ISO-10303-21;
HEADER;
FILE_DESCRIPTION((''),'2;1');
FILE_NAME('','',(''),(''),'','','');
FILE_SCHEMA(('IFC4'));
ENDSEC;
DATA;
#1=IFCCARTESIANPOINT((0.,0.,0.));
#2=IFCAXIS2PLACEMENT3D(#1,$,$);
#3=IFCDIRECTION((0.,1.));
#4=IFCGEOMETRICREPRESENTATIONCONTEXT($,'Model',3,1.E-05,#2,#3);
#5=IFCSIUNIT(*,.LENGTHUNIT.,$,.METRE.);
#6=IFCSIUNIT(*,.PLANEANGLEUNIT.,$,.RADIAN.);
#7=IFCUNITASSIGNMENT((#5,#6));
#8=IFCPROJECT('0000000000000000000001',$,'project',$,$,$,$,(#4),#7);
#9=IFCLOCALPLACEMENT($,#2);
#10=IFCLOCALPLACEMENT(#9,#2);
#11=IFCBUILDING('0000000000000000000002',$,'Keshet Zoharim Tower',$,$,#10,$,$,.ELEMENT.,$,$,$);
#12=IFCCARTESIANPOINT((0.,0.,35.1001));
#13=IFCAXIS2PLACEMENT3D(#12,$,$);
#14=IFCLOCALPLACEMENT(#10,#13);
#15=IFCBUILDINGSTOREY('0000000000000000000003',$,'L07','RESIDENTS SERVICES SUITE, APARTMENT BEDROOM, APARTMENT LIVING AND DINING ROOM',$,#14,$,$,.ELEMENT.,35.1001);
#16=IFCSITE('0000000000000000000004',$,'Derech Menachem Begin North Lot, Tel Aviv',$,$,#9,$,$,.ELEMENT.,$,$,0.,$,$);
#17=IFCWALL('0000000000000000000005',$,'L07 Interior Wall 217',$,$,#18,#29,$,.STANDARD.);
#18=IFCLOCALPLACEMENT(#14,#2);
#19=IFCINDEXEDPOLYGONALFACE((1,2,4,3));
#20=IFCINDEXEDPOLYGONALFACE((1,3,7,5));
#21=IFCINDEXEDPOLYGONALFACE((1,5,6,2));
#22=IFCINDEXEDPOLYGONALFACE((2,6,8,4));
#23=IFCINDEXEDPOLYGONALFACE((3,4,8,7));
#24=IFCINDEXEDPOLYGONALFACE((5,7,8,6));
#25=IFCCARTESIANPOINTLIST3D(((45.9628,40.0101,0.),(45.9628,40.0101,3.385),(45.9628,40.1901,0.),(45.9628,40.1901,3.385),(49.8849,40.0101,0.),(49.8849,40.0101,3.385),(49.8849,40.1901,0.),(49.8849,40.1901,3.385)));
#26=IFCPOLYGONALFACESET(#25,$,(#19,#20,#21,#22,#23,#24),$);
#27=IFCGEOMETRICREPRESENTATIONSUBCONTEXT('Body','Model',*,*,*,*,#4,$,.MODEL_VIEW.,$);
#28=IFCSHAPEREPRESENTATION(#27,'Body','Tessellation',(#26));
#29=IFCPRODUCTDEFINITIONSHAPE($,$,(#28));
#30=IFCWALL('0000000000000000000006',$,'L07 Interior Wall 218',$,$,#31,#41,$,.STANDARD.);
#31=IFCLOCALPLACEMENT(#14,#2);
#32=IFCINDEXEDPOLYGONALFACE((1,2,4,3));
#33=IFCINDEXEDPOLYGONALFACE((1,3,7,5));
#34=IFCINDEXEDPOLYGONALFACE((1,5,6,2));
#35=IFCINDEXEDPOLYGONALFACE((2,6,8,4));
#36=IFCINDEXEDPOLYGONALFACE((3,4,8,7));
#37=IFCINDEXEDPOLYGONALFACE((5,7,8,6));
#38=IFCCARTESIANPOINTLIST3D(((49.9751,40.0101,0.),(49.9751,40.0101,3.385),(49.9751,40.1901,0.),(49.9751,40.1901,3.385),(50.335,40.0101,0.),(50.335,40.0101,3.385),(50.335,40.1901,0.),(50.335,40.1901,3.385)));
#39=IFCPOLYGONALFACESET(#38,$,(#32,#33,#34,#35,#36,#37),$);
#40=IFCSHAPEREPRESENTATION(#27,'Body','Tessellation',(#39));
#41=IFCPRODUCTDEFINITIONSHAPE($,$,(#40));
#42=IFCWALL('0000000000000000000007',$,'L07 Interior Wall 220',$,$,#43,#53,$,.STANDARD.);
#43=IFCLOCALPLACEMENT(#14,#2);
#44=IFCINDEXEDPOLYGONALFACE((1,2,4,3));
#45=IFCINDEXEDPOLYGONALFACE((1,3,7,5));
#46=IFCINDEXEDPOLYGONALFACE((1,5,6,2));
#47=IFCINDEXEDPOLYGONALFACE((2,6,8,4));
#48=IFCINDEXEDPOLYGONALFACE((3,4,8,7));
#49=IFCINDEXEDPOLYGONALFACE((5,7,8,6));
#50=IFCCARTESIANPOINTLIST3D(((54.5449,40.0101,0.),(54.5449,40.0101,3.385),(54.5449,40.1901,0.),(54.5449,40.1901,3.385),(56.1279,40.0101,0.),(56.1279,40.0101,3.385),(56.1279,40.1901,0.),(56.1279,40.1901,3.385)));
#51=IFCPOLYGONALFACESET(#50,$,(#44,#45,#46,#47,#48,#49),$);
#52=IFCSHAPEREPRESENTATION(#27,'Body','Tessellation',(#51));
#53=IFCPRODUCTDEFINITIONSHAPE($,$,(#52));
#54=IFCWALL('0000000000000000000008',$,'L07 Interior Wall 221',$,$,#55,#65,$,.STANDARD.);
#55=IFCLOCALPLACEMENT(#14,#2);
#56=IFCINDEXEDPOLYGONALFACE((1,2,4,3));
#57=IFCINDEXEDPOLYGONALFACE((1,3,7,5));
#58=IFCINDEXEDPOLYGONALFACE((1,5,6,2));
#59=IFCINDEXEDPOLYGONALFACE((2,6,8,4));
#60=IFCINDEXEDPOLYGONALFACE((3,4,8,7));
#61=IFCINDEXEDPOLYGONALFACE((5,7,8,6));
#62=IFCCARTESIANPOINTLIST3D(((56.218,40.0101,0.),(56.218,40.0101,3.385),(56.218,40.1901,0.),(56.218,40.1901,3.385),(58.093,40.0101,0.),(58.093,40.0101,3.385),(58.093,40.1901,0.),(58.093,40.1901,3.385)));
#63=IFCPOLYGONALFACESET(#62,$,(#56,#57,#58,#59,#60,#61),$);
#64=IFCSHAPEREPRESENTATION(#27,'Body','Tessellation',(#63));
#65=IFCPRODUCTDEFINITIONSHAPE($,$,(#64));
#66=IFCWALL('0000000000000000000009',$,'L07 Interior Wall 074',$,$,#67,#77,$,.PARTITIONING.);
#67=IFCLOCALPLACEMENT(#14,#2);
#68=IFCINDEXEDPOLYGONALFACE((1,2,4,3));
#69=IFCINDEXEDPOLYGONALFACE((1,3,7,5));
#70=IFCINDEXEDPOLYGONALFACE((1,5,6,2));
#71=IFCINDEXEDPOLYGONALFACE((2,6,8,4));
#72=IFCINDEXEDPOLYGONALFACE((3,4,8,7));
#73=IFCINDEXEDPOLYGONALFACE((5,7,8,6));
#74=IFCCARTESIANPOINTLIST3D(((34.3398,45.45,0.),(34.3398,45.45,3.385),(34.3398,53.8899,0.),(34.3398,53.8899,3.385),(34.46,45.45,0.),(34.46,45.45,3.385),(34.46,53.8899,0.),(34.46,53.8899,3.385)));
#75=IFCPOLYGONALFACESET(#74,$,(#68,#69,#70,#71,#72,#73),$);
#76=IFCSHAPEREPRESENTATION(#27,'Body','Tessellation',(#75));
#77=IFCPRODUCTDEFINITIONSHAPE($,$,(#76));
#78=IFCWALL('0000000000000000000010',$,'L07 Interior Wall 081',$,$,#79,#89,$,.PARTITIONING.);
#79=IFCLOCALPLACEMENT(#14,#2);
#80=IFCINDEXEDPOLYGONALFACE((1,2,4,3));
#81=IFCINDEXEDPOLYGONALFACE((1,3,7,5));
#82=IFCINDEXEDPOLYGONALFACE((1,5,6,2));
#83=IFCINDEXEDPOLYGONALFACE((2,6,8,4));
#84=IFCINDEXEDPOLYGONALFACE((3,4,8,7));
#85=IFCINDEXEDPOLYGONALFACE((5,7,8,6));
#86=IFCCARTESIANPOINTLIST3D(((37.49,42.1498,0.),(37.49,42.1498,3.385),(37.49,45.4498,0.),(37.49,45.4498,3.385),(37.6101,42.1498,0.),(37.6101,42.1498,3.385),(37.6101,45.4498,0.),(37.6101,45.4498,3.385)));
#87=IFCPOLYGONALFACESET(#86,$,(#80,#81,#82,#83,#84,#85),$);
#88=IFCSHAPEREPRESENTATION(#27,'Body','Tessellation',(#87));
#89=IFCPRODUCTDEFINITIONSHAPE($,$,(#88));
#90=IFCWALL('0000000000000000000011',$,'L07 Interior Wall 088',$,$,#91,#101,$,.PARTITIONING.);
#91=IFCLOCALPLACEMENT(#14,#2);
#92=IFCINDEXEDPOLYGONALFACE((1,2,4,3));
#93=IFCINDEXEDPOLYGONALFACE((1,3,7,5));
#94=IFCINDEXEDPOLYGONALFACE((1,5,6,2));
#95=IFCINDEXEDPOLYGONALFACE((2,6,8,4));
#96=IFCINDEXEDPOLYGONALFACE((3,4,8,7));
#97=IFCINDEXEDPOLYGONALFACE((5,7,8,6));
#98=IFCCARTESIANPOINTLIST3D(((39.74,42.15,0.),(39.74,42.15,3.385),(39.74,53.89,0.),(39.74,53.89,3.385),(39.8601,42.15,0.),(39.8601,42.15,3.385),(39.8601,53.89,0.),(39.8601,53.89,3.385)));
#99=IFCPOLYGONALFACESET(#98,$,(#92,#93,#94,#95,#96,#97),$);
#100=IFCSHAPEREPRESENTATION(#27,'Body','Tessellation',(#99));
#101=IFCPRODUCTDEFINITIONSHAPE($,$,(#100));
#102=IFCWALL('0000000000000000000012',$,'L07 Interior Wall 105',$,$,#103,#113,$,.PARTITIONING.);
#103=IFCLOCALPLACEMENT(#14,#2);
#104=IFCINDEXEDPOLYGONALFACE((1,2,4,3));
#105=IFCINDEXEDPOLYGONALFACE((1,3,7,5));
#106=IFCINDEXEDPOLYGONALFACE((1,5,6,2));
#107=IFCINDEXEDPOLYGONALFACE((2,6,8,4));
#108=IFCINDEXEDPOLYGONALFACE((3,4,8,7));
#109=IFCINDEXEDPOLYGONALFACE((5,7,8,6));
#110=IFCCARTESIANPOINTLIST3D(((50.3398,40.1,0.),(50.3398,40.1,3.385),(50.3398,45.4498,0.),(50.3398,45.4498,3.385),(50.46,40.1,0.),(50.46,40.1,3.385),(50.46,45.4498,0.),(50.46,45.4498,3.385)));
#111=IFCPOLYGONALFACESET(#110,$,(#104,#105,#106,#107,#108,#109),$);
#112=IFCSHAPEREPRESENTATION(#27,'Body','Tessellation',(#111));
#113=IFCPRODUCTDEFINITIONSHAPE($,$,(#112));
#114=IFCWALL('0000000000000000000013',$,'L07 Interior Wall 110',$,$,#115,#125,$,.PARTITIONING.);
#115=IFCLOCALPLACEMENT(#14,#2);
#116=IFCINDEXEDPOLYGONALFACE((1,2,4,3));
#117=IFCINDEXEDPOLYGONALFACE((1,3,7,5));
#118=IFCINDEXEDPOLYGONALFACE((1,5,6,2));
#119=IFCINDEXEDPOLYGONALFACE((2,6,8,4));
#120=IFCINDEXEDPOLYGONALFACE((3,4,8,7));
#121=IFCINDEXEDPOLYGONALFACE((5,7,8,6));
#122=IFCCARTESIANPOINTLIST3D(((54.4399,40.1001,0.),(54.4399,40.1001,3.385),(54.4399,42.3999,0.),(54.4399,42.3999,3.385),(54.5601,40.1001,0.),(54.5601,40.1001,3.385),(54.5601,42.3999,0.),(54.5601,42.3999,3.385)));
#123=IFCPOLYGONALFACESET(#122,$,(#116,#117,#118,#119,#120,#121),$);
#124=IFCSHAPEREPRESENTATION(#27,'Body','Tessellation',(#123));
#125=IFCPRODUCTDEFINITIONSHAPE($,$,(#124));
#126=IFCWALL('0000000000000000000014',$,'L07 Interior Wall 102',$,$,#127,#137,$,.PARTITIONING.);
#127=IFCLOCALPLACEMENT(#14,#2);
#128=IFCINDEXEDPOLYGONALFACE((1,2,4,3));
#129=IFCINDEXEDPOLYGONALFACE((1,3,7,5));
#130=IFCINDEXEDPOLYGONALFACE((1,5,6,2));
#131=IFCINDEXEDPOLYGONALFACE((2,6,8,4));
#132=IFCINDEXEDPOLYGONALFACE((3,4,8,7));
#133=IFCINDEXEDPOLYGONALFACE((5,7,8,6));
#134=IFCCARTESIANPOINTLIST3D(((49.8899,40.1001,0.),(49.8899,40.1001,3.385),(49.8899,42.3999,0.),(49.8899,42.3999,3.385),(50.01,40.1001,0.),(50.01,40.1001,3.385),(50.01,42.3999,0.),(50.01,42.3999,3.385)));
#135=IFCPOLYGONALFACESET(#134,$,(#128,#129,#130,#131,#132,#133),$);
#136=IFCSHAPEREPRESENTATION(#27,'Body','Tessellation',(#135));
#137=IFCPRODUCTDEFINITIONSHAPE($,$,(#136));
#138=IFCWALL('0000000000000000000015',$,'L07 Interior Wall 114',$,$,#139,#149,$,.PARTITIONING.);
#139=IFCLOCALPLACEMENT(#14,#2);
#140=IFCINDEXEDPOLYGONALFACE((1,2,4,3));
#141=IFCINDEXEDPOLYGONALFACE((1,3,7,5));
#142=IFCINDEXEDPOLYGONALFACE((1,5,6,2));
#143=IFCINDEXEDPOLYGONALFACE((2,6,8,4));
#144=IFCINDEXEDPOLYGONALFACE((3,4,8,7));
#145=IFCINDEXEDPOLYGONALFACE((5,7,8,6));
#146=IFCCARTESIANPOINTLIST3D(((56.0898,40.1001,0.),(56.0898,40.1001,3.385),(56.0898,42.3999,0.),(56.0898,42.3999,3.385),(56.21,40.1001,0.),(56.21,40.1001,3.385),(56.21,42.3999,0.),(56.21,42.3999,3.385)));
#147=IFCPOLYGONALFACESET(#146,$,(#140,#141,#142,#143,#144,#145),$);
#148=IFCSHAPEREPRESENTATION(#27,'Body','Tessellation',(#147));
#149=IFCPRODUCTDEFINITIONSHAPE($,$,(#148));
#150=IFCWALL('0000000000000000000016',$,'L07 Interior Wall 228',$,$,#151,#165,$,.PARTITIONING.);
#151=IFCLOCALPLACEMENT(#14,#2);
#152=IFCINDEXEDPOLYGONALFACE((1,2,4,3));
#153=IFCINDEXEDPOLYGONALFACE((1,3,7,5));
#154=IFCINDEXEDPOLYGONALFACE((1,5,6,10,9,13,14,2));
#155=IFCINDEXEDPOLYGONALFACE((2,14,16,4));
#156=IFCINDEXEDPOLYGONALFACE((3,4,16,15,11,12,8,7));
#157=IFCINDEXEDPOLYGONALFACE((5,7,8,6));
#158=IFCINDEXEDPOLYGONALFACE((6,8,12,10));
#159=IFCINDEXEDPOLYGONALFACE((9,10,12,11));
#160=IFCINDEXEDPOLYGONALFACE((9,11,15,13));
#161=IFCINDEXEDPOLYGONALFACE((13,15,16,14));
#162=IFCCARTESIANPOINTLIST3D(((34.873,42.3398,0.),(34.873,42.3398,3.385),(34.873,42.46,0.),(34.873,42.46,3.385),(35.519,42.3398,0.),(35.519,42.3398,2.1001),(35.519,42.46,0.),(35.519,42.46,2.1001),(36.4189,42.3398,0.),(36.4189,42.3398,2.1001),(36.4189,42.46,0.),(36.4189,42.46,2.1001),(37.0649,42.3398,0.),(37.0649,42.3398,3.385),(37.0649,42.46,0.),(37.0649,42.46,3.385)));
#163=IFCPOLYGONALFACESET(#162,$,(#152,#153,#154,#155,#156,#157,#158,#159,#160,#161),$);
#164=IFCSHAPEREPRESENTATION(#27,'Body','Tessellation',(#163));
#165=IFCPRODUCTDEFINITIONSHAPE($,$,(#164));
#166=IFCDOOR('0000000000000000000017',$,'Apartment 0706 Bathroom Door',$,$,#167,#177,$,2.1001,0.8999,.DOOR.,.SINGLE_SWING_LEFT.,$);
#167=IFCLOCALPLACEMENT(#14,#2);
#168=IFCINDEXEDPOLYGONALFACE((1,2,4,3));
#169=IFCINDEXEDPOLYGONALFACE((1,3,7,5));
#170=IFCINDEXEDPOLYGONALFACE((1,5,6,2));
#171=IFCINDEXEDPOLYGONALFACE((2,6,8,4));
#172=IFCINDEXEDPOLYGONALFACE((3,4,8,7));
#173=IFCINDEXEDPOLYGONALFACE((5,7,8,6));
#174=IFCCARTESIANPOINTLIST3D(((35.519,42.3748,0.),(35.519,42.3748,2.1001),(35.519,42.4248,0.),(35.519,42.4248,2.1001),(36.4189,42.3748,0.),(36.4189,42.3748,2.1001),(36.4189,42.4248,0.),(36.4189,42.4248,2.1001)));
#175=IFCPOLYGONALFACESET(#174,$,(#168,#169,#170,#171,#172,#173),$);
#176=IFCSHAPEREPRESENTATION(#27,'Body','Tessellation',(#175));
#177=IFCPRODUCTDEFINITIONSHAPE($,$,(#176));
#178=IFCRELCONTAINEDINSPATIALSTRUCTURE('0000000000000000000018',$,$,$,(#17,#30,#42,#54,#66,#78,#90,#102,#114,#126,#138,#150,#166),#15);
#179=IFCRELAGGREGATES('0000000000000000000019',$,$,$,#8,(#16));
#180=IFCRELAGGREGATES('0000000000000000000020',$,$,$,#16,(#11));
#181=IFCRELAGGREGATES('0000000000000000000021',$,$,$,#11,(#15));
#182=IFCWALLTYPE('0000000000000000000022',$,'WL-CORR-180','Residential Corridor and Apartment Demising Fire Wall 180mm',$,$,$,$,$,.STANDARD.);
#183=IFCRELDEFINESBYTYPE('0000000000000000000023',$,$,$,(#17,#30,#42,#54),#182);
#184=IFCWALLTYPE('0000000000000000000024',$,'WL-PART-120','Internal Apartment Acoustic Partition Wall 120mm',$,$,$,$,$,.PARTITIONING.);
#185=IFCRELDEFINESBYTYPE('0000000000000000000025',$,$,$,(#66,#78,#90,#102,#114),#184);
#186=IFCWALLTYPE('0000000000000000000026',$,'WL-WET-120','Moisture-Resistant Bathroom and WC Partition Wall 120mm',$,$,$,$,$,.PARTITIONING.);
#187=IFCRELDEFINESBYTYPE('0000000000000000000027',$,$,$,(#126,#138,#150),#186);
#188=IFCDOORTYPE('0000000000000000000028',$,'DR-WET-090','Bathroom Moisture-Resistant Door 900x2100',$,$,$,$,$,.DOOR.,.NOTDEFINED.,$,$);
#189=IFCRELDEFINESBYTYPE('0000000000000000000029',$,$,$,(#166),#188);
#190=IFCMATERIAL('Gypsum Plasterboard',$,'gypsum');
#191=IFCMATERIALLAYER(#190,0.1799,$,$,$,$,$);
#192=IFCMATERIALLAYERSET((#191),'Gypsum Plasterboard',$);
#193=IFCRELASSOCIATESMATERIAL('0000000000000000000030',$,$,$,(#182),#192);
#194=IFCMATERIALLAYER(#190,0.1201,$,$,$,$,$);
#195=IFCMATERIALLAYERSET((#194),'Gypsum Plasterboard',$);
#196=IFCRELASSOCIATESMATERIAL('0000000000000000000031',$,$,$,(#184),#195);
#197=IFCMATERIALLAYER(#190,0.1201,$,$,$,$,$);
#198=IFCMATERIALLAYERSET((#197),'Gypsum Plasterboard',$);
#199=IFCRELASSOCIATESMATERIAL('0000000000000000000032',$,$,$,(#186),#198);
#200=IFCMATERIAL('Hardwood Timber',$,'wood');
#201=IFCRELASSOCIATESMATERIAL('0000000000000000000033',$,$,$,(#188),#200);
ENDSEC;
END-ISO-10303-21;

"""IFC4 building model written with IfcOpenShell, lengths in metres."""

from ifc_helpers import new_model, si_unit, direction, frame, frame_2d, origin, place, context, subcontext, project, spatial, rectangle, extrude, material, layer, layer_set, type_object, element, fill, save


model = new_model("IFC4")

# Units and contexts
model_context = context("Model", 3, precision=1e-05, world=origin(), true_north=direction((0.0, 1.0)))
body_context = subcontext(model_context, "Body", "Model", "MODEL_VIEW")
ifc_project = project(units=[si_unit("LENGTHUNIT", "METRE"), si_unit("PLANEANGLEUNIT", "RADIAN")], contexts=[model_context])

# Site, building, storey
site_placement = place(None, origin())
site = spatial("IfcSite", under=ifc_project, at=site_placement, Name="Derech Menachem Begin North Lot, Tel Aviv", CompositionType="ELEMENT", RefElevation=0.0)
building_placement = place(site_placement, origin())
building = spatial("IfcBuilding", under=site, at=building_placement, Name="Keshet Zoharim Tower", CompositionType="ELEMENT")
storey_placement = place(building_placement, frame((0.0, 0.0, 35.1001)))
storey = spatial("IfcBuildingStorey", under=building, at=storey_placement, Name="L07", Description="RESIDENTS SERVICES SUITE, APARTMENT BEDROOM, APARTMENT LIVING AND DINING ROOM", CompositionType="ELEMENT", Elevation=35.1001)

# Walls
ifc_material_1 = material(Name="Gypsum Plasterboard", Category="gypsum")
ifc_layer_1 = layer(ifc_material_1, 0.1799)
ifc_layer_set_1 = layer_set([ifc_layer_1], Name="Gypsum Plasterboard")
wall_type_1 = type_object("IfcWallType", Name="WL-CORR-180", Description="Residential Corridor and Apartment Demising Fire Wall 180mm", PredefinedType="STANDARD", material=ifc_layer_set_1)
wall_1_placement = place(storey_placement, frame((45.9629, 40.1001, 0.0), z_axis=(0.0, 0.0, 1.0), x_axis=(1.0, 0.0, 0.0)))
element("IfcWall", 1, at=wall_1_placement, inside=storey, type_object=wall_type_1, Name="L07 Interior Wall 217", PredefinedType="STANDARD", context=body_context, shape_type="SweptSolid", body=[
    extrude(rectangle(XDim=3.9221, YDim=0.1799, at=frame_2d((1.9609, 0.0))), origin(), (0.0, 0.0, 1.0), 3.385),
])
wall_2_placement = place(storey_placement, frame((49.9751, 40.1001, 0.0), z_axis=(0.0, 0.0, 1.0), x_axis=(1.0, 0.0, 0.0)))
element("IfcWall", 2, at=wall_2_placement, inside=storey, type_object=wall_type_1, Name="L07 Interior Wall 218", PredefinedType="STANDARD", context=body_context, shape_type="SweptSolid", body=[
    extrude(rectangle(XDim=0.3599, YDim=0.1799, at=frame_2d((0.1799, 0.0))), origin(), (0.0, 0.0, 1.0), 3.385),
])

# Shared definitions
ifc_material_2 = material(Name="Hardwood Timber", Category="wood")

# Walls
wall_3_placement = place(storey_placement, frame((54.5449, 40.1001, 0.0), z_axis=(0.0, 0.0, 1.0), x_axis=(1.0, 0.0, 0.0)))
element("IfcWall", 3, at=wall_3_placement, inside=storey, type_object=wall_type_1, Name="L07 Interior Wall 220", PredefinedType="STANDARD", context=body_context, shape_type="SweptSolid", body=[
    extrude(rectangle(XDim=1.583, YDim=0.1799, at=frame_2d((0.7915, 0.0))), origin(), (0.0, 0.0, 1.0), 3.385),
])
wall_4_placement = place(storey_placement, frame((56.218, 40.1001, 0.0), z_axis=(0.0, 0.0, 1.0), x_axis=(1.0, 0.0, 0.0)))
element("IfcWall", 4, at=wall_4_placement, inside=storey, type_object=wall_type_1, Name="L07 Interior Wall 221", PredefinedType="STANDARD", context=body_context, shape_type="SweptSolid", body=[
    extrude(rectangle(XDim=1.875, YDim=0.1799, at=frame_2d((0.9375, 0.0))), origin(), (0.0, 0.0, 1.0), 3.385),
])
ifc_layer_2 = layer(ifc_material_1, 0.1201)
ifc_layer_set_2 = layer_set([ifc_layer_2], Name="Gypsum Plasterboard")
wall_type_2 = type_object("IfcWallType", Name="WL-PART-120", Description="Internal Apartment Acoustic Partition Wall 120mm", PredefinedType="PARTITIONING", material=ifc_layer_set_2)
wall_5_placement = place(storey_placement, frame((34.3999, 45.45, 0.0), z_axis=(0.0, 0.0, 1.0), x_axis=(0.0, 1.0, 0.0)))
element("IfcWall", 5, at=wall_5_placement, inside=storey, type_object=wall_type_2, Name="L07 Interior Wall 074", PredefinedType="PARTITIONING", context=body_context, shape_type="SweptSolid", body=[
    extrude(rectangle(XDim=8.4399, YDim=0.1201, at=frame_2d((4.22, 0.0))), origin(), (0.0, 0.0, 1.0), 3.385),
])
wall_6_placement = place(storey_placement, frame((37.55, 42.1499, 0.0), z_axis=(0.0, 0.0, 1.0), x_axis=(0.0, 1.0, 0.0)))
element("IfcWall", 6, at=wall_6_placement, inside=storey, type_object=wall_type_2, Name="L07 Interior Wall 081", PredefinedType="PARTITIONING", context=body_context, shape_type="SweptSolid", body=[
    extrude(rectangle(XDim=3.3, YDim=0.1201, at=frame_2d((1.6499, 0.0))), origin(), (0.0, 0.0, 1.0), 3.385),
])
wall_7_placement = place(storey_placement, frame((39.8, 42.1499, 0.0), z_axis=(0.0, 0.0, 1.0), x_axis=(0.0, 1.0, 0.0)))
element("IfcWall", 7, at=wall_7_placement, inside=storey, type_object=wall_type_2, Name="L07 Interior Wall 088", PredefinedType="PARTITIONING", context=body_context, shape_type="SweptSolid", body=[
    extrude(rectangle(XDim=11.74, YDim=0.1201, at=frame_2d((5.8701, 0.0))), origin(), (0.0, 0.0, 1.0), 3.385),
])
wall_8_placement = place(storey_placement, frame((50.3999, 40.1001, 0.0), z_axis=(0.0, 0.0, 1.0), x_axis=(0.0, 1.0, 0.0)))
element("IfcWall", 8, at=wall_8_placement, inside=storey, type_object=wall_type_2, Name="L07 Interior Wall 105", PredefinedType="PARTITIONING", context=body_context, shape_type="SweptSolid", body=[
    extrude(rectangle(XDim=5.3499, YDim=0.1201, at=frame_2d((2.6748, 0.0))), origin(), (0.0, 0.0, 1.0), 3.385),
])
wall_9_placement = place(storey_placement, frame((54.5, 40.1001, 0.0), z_axis=(0.0, 0.0, 1.0), x_axis=(0.0, 1.0, 0.0)))
element("IfcWall", 9, at=wall_9_placement, inside=storey, type_object=wall_type_2, Name="L07 Interior Wall 110", PredefinedType="PARTITIONING", context=body_context, shape_type="SweptSolid", body=[
    extrude(rectangle(XDim=2.2998, YDim=0.1201, at=frame_2d((1.1499, 0.0))), origin(), (0.0, 0.0, 1.0), 3.385),
])

# Walls
ifc_layer_3 = layer(ifc_material_1, 0.1201)
ifc_layer_set_3 = layer_set([ifc_layer_3], Name="Gypsum Plasterboard")
wall_type_3 = type_object("IfcWallType", Name="WL-WET-120", Description="Moisture-Resistant Bathroom and WC Partition Wall 120mm", PredefinedType="PARTITIONING", material=ifc_layer_set_3)
for number, where, z_axis, x_axis, name in (
    (10, (49.95, 40.1001, 0.0), (0.0, 0.0, 1.0), (0.0, 1.0, 0.0), "L07 Interior Wall 102"),
    (11, (56.1499, 40.1001, 0.0), (0.0, 0.0, 1.0), (0.0, 1.0, 0.0), "L07 Interior Wall 114"),
):
    element("IfcWall", number, at=place(storey_placement, frame(where, z_axis=z_axis, x_axis=x_axis)), inside=storey, type_object=wall_type_3, Name=name, PredefinedType="PARTITIONING", context=body_context, shape_type="SweptSolid", body=[
        extrude(rectangle(XDim=2.2998, YDim=0.1201, at=frame_2d((1.1499, 0.0))), origin(), (0.0, 0.0, 1.0), 3.385),
    ])

# Wall, opening, door
wall_10_placement = place(storey_placement, frame((34.873, 42.3999, 0.0), z_axis=(0.0, 0.0, 1.0), x_axis=(1.0, 0.0, 0.0)))
wall_10 = element("IfcWall", 12, at=wall_10_placement, inside=storey, type_object=wall_type_3, Name="L07 Interior Wall 228", PredefinedType="PARTITIONING", context=body_context, shape_type="SweptSolid", body=[
    extrude(rectangle(XDim=2.1919, YDim=0.1201, at=frame_2d((1.0959, 0.0))), origin(), (0.0, 0.0, 1.0), 3.385),
])
opening_1_placement = place(wall_10_placement, frame((0.646, 0.0, 0.0)))
opening_1 = element("IfcOpeningElement", 13, at=opening_1_placement, cuts=wall_10, PredefinedType="OPENING", context=body_context, shape_type="SweptSolid", body=[
    extrude(rectangle(XDim=0.8999, YDim=2.1001, at=frame_2d((0.45, 1.05))), frame((0.0, 0.0701, 0.0), z_axis=(0.0, -1.0, 0.0), x_axis=(1.0, 0.0, 0.0)), (0.0, 0.0, 1.0), 0.1401),
])
door_type_1 = type_object("IfcDoorType", Name="DR-WET-090", Description="Bathroom Moisture-Resistant Door 900x2100", OperationType="NOTDEFINED", PredefinedType="DOOR", material=ifc_material_2)
door_1_placement = place(opening_1_placement, origin())
door_1 = element("IfcDoor", 14, at=door_1_placement, inside=storey, type_object=door_type_1, Name="Apartment 0706 Bathroom Door", OperationType="SINGLE_SWING_LEFT", OverallHeight=2.1001, OverallWidth=0.8999, PredefinedType="DOOR", context=body_context, shape_type="SweptSolid", body=[
    extrude(rectangle(XDim=0.8999, YDim=2.1001, at=frame_2d((0.45, 1.05))), frame((0.0, 0.0249, 0.0), z_axis=(0.0, -1.0, 0.0), x_axis=(1.0, 0.0, 0.0)), (0.0, 0.0, 1.0), 0.05),
])
fill(opening_1, door_1)

save(model, "model.ifc")
